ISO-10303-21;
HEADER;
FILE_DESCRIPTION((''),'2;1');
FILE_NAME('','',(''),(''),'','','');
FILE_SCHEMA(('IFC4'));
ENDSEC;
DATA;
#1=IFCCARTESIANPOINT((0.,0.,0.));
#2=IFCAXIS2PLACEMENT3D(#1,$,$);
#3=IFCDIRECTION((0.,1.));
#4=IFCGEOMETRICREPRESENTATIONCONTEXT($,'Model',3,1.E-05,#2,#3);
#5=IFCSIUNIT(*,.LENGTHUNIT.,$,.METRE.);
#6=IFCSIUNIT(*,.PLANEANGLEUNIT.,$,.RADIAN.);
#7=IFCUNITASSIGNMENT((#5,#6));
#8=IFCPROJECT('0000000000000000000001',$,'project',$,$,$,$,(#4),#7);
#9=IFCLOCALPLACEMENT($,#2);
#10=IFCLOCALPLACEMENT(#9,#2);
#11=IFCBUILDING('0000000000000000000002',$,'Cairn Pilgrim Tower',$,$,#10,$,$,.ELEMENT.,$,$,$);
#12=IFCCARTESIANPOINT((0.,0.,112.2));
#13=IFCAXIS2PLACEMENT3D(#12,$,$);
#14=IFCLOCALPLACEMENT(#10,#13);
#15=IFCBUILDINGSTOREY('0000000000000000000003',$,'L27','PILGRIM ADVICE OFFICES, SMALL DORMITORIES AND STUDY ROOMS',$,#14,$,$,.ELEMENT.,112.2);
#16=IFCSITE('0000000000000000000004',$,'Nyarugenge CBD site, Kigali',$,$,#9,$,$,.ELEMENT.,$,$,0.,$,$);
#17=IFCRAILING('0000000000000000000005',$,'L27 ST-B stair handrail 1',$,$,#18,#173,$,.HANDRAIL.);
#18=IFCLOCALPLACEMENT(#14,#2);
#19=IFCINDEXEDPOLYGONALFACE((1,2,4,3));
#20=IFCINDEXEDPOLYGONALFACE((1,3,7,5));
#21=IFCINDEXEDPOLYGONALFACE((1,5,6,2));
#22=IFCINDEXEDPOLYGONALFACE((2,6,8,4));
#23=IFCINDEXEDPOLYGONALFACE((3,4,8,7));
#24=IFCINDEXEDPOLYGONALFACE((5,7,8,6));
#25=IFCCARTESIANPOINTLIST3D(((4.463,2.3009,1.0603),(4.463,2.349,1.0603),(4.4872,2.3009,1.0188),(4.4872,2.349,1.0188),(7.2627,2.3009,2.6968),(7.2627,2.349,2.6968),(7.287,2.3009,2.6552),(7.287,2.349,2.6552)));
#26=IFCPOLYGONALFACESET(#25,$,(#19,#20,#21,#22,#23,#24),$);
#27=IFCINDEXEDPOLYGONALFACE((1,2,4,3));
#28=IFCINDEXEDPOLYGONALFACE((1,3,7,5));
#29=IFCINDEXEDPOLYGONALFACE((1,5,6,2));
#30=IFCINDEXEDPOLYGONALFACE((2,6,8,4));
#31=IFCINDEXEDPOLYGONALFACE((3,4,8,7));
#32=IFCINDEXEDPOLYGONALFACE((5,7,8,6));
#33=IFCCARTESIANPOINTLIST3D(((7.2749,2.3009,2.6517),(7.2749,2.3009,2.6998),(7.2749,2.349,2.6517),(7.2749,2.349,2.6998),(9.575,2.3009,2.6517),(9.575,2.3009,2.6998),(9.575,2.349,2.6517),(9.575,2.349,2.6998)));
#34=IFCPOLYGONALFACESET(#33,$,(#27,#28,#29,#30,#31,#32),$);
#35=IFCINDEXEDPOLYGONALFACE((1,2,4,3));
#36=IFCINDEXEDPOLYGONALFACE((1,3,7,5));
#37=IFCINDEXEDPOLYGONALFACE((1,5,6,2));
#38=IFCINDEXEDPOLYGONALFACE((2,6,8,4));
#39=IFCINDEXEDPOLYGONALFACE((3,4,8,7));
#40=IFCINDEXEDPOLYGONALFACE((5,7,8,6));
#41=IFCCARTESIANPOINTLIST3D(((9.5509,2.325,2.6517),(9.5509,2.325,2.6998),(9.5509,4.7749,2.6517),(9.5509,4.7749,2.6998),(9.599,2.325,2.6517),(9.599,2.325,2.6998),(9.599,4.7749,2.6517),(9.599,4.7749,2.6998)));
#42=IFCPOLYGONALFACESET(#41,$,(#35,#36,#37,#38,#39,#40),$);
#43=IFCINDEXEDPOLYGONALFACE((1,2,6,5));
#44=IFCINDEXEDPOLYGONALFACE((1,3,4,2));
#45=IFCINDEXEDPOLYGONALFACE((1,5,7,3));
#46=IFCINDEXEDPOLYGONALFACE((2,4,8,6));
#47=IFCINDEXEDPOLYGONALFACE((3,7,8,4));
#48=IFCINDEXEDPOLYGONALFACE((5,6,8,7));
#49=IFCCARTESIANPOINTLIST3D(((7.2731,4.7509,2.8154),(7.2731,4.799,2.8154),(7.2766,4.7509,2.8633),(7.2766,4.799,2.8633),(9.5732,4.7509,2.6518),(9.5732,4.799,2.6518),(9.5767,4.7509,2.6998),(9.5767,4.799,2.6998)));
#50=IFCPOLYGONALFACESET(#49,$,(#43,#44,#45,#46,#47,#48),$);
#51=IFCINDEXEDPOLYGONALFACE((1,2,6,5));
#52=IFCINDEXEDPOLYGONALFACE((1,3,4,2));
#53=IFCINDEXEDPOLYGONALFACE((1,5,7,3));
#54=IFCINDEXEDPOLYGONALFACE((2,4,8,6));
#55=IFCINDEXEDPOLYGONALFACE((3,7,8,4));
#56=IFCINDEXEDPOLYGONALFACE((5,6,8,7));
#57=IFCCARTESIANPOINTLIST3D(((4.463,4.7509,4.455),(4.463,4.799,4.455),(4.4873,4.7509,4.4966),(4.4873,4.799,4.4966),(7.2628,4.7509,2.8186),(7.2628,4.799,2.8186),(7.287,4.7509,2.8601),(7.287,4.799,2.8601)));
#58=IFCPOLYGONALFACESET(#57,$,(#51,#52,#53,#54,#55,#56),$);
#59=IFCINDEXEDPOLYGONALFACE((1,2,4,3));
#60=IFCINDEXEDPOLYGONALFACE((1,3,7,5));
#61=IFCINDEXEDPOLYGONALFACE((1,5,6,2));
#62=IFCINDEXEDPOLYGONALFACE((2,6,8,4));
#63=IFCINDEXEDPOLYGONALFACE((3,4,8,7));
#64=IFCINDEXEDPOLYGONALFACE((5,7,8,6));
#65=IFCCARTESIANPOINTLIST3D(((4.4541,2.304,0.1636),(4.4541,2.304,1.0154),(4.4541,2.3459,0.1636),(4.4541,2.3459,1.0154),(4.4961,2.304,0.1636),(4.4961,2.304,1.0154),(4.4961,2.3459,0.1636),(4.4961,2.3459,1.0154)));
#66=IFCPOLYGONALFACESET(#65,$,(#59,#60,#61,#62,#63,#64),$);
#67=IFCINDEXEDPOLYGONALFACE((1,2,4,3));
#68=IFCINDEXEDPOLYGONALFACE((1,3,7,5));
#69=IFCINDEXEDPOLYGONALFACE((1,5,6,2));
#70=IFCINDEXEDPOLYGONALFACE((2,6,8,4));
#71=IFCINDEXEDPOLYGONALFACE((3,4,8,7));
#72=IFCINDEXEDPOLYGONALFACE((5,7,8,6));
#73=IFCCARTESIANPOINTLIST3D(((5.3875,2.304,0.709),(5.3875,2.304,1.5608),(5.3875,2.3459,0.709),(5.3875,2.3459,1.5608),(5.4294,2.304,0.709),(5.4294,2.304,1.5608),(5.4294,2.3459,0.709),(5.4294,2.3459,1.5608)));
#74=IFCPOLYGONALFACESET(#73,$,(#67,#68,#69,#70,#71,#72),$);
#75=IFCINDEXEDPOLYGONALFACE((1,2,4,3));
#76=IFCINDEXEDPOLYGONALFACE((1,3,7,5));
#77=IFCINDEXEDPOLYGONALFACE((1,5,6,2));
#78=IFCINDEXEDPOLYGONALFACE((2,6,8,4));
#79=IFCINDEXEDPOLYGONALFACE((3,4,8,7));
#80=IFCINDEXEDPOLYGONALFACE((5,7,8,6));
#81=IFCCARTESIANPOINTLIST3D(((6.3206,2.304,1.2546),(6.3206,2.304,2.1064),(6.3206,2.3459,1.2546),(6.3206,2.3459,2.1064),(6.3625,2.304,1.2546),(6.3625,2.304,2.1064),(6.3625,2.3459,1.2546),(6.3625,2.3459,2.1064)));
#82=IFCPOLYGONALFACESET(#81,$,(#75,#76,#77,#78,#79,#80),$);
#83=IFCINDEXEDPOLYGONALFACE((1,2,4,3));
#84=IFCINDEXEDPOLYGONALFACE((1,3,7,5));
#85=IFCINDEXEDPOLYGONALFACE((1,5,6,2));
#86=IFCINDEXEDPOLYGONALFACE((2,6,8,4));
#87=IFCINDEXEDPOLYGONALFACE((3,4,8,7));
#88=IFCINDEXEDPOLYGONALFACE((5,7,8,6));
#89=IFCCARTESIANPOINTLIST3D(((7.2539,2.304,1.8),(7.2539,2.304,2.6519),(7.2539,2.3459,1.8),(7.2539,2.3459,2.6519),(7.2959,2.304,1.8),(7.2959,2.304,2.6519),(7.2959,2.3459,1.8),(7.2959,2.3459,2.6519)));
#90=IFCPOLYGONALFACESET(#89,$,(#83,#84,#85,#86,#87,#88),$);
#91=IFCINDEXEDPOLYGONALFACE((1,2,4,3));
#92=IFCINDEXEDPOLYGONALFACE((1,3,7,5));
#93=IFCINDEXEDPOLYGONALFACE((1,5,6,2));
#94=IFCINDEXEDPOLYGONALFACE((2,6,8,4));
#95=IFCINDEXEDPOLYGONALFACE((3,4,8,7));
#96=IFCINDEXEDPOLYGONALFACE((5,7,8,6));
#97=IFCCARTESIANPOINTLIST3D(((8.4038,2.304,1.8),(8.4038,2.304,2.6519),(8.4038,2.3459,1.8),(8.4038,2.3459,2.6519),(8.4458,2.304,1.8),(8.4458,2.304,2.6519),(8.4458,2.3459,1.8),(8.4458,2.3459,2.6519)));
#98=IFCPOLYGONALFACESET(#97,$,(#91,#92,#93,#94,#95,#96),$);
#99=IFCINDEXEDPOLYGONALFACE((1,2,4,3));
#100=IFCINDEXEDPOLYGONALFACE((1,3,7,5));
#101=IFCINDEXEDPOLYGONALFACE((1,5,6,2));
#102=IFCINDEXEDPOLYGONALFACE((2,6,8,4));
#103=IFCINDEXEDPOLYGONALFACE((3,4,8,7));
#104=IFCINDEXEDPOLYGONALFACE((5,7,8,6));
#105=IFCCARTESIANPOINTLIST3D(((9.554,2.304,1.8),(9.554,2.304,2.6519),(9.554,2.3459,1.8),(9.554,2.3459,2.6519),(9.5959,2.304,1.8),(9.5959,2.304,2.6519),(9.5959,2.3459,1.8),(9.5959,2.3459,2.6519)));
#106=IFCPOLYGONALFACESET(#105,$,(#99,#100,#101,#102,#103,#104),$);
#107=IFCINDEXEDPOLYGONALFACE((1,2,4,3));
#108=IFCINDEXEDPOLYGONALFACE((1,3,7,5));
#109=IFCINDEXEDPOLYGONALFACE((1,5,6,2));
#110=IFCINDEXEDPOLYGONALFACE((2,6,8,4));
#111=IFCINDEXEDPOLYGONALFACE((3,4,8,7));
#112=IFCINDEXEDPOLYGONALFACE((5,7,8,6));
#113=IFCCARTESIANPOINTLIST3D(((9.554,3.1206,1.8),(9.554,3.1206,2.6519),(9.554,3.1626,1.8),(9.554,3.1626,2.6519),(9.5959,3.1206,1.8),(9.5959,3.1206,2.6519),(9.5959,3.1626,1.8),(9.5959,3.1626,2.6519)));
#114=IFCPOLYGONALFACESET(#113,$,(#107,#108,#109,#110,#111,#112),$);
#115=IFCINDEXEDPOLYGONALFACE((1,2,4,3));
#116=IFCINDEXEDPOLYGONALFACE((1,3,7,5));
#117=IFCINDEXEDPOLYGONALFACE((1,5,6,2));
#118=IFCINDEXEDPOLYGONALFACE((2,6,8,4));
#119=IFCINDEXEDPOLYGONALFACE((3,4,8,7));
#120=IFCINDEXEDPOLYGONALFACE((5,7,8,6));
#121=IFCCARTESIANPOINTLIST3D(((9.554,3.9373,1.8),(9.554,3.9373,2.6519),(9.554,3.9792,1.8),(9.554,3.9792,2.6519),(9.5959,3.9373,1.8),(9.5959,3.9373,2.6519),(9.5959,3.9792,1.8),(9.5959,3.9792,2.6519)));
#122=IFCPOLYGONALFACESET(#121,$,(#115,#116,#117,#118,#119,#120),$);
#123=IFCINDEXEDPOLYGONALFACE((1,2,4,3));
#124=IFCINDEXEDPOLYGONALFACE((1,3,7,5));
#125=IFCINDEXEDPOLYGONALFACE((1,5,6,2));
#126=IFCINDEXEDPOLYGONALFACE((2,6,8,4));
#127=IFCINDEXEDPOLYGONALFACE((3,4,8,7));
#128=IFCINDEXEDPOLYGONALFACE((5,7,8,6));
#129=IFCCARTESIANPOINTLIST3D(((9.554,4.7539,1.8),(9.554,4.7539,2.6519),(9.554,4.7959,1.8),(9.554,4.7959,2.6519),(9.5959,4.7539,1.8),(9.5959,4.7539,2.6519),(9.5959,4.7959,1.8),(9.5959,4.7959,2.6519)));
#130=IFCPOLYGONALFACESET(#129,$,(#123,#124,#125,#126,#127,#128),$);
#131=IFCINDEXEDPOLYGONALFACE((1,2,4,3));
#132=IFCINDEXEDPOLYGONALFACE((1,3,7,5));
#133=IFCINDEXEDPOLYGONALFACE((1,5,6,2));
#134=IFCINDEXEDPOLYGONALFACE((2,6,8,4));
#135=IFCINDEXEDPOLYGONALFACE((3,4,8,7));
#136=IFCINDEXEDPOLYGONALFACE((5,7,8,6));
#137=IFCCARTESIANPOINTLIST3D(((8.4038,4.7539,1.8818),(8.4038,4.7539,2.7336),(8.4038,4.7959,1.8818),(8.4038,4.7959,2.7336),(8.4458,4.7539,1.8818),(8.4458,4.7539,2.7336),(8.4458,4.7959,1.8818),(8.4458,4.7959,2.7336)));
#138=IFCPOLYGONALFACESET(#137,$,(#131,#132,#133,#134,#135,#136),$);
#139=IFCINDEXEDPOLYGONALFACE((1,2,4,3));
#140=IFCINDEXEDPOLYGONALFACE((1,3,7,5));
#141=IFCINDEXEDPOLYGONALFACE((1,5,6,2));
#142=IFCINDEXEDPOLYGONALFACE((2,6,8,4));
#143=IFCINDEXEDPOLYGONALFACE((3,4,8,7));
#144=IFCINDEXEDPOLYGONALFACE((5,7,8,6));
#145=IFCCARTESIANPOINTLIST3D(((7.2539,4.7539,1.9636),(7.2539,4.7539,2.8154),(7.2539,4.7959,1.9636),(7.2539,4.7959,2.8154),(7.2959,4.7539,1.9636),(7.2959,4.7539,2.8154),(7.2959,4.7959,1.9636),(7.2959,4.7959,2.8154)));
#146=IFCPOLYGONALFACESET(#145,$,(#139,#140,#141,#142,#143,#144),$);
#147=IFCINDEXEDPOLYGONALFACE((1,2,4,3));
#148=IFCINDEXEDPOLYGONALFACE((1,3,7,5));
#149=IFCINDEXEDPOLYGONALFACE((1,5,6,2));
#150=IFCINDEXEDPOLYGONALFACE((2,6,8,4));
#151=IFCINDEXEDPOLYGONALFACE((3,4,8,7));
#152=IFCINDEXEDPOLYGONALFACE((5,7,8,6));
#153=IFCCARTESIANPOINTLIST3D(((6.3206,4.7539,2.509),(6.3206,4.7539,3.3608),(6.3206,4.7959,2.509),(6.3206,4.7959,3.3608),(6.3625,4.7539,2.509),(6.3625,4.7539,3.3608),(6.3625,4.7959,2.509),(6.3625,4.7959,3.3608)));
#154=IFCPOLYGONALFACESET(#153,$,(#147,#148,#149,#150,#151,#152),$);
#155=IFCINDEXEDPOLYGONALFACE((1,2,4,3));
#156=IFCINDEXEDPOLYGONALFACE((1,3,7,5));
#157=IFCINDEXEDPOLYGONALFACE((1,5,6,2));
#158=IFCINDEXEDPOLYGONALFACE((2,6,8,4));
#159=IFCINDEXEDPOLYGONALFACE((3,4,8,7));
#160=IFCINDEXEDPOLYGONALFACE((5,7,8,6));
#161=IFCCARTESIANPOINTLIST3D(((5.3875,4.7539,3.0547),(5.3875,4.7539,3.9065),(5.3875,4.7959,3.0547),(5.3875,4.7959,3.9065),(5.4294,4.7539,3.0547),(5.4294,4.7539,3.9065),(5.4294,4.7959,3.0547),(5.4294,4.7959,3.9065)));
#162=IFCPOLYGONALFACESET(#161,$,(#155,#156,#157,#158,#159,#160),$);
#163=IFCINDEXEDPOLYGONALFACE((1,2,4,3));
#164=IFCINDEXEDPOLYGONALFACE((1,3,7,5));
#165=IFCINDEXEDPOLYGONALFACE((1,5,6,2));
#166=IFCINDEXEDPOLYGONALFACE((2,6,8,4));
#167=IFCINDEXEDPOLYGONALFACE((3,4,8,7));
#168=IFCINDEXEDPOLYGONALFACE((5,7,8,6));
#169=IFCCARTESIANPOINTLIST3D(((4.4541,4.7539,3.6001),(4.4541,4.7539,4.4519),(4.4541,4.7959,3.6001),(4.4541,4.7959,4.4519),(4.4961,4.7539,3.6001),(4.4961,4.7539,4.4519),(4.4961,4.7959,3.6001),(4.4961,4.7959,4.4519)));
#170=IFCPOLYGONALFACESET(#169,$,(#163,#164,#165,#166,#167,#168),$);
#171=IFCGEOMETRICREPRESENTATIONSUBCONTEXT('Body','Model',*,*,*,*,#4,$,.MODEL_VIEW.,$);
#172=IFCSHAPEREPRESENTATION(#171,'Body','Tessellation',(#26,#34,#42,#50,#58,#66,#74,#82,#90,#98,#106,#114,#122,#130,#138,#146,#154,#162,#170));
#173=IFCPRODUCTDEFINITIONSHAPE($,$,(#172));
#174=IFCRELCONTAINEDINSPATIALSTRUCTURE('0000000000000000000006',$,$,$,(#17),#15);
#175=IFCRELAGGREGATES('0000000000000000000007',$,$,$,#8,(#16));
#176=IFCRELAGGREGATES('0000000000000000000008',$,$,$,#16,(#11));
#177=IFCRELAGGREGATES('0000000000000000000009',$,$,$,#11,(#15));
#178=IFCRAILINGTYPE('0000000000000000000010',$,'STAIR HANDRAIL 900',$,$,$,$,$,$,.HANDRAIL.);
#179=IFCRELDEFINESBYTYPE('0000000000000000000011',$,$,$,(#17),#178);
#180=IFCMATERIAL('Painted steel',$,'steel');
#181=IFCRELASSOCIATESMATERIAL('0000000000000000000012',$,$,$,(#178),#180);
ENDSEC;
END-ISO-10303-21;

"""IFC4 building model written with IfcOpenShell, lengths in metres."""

from ifc_helpers import new_model, si_unit, direction, frame, origin, origin_2d, place, context, subcontext, project, spatial, rectangle, extrude, material, type_object, element, save


model = new_model("IFC4")

# Units and contexts
model_context = context("Model", 3, precision=1e-05, world=origin(), true_north=direction((0.0, 1.0)))
body_context = subcontext(model_context, "Body", "Model", "MODEL_VIEW")
ifc_project = project(units=[si_unit("LENGTHUNIT", "METRE"), si_unit("PLANEANGLEUNIT", "RADIAN")], contexts=[model_context])

# Site, building, storey
site_placement = place(None, origin())
site = spatial("IfcSite", under=ifc_project, at=site_placement, Name="Nyarugenge CBD site, Kigali", CompositionType="ELEMENT", RefElevation=0.0)
building_placement = place(site_placement, origin())
building = spatial("IfcBuilding", under=site, at=building_placement, Name="Cairn Pilgrim Tower", CompositionType="ELEMENT")
storey_placement = place(building_placement, frame((0.0, 0.0, 112.2)))
storey = spatial("IfcBuildingStorey", under=building, at=storey_placement, Name="L27", Description="PILGRIM ADVICE OFFICES, SMALL DORMITORIES AND STUDY ROOMS", CompositionType="ELEMENT", Elevation=112.2)

# Shared definitions
ifc_material_1 = material(Name="Painted steel", Category="steel")

# Railing
railing_type_1 = type_object("IfcRailingType", Name="STAIR HANDRAIL 900", PredefinedType="HANDRAIL", material=ifc_material_1)
railing_1_placement = place(storey_placement, frame((4.4751, 2.325, 0.1636)))
element("IfcRailing", 1, at=railing_1_placement, inside=storey, type_object=railing_type_1, Name="L27 ST-B stair handrail 1", PredefinedType="HANDRAIL", context=body_context, shape_type="SweptSolid", body=[
    extrude(rectangle(XDim=0.0481, YDim=0.0481, at=origin_2d()), frame((0.0, 0.0, 0.876), z_axis=(0.863342, 0.0, 0.50462), x_axis=(0.0, 1.0, 0.0)), (0.0, 0.0, 1.0), 3.2429),
    extrude(rectangle(XDim=0.0481, YDim=0.0481, at=origin_2d()), frame((2.7998, 0.0, 2.5122), z_axis=(1.0, 0.0, 0.0), x_axis=(0.0, 1.0, 0.0)), (0.0, 0.0, 1.0), 2.3),
    extrude(rectangle(XDim=0.0481, YDim=0.0481, at=origin_2d()), frame((5.0999, 0.0, 2.5122), z_axis=(0.0, 1.0, 0.0), x_axis=(-1.0, 0.0, 0.0)), (0.0, 0.0, 1.0), 2.45),
    extrude(rectangle(XDim=0.0481, YDim=0.0481, at=origin_2d()), frame((5.0999, 2.45, 2.5122), z_axis=(-0.997481, 0.0, 0.070939), x_axis=(0.0, -1.0, 0.0)), (0.0, 0.0, 1.0), 2.3059),
    extrude(rectangle(XDim=0.0481, YDim=0.0481, at=origin_2d()), frame((2.7998, 2.45, 2.6758), z_axis=(-0.863342, 0.0, 0.50462), x_axis=(0.0, -1.0, 0.0)), (0.0, 0.0, 1.0), 3.2429),
    extrude(rectangle(XDim=0.042, YDim=0.042, at=origin_2d()), origin(), (0.0, 0.0, 1.0), 0.8518),
    extrude(rectangle(XDim=0.042, YDim=0.042, at=origin_2d()), frame((0.9333, 0.0, 0.5454)), (0.0, 0.0, 1.0), 0.8518),
    extrude(rectangle(XDim=0.042, YDim=0.042, at=origin_2d()), frame((1.8665, 0.0, 1.0911)), (0.0, 0.0, 1.0), 0.8518),
    extrude(rectangle(XDim=0.042, YDim=0.042, at=origin_2d()), frame((2.7998, 0.0, 1.6365)), (0.0, 0.0, 1.0), 0.8518),
    extrude(rectangle(XDim=0.042, YDim=0.042, at=origin_2d()), frame((3.9497, 0.0, 1.6365)), (0.0, 0.0, 1.0), 0.8518),
    extrude(rectangle(XDim=0.042, YDim=0.042, at=origin_2d()), frame((5.0999, 0.0, 1.6365)), (0.0, 0.0, 1.0), 0.8518),
    extrude(rectangle(XDim=0.042, YDim=0.042, at=origin_2d()), frame((5.0999, 0.8167, 1.6365)), (0.0, 0.0, 1.0), 0.8518),
    extrude(rectangle(XDim=0.042, YDim=0.042, at=origin_2d()), frame((5.0999, 1.6333, 1.6365)), (0.0, 0.0, 1.0), 0.8518),
    extrude(rectangle(XDim=0.042, YDim=0.042, at=origin_2d()), frame((5.0999, 2.45, 1.6365)), (0.0, 0.0, 1.0), 0.8518),
    extrude(rectangle(XDim=0.042, YDim=0.042, at=origin_2d()), frame((3.9497, 2.45, 1.7183)), (0.0, 0.0, 1.0), 0.8518),
    extrude(rectangle(XDim=0.042, YDim=0.042, at=origin_2d()), frame((2.7998, 2.45, 1.8)), (0.0, 0.0, 1.0), 0.8518),
    extrude(rectangle(XDim=0.042, YDim=0.042, at=origin_2d()), frame((1.8665, 2.45, 2.3455)), (0.0, 0.0, 1.0), 0.8518),
    extrude(rectangle(XDim=0.042, YDim=0.042, at=origin_2d()), frame((0.9333, 2.45, 2.8911)), (0.0, 0.0, 1.0), 0.8518),
    extrude(rectangle(XDim=0.042, YDim=0.042, at=origin_2d()), frame((0.0, 2.45, 3.4365)), (0.0, 0.0, 1.0), 0.8518),
])

save(model, "model.ifc")
